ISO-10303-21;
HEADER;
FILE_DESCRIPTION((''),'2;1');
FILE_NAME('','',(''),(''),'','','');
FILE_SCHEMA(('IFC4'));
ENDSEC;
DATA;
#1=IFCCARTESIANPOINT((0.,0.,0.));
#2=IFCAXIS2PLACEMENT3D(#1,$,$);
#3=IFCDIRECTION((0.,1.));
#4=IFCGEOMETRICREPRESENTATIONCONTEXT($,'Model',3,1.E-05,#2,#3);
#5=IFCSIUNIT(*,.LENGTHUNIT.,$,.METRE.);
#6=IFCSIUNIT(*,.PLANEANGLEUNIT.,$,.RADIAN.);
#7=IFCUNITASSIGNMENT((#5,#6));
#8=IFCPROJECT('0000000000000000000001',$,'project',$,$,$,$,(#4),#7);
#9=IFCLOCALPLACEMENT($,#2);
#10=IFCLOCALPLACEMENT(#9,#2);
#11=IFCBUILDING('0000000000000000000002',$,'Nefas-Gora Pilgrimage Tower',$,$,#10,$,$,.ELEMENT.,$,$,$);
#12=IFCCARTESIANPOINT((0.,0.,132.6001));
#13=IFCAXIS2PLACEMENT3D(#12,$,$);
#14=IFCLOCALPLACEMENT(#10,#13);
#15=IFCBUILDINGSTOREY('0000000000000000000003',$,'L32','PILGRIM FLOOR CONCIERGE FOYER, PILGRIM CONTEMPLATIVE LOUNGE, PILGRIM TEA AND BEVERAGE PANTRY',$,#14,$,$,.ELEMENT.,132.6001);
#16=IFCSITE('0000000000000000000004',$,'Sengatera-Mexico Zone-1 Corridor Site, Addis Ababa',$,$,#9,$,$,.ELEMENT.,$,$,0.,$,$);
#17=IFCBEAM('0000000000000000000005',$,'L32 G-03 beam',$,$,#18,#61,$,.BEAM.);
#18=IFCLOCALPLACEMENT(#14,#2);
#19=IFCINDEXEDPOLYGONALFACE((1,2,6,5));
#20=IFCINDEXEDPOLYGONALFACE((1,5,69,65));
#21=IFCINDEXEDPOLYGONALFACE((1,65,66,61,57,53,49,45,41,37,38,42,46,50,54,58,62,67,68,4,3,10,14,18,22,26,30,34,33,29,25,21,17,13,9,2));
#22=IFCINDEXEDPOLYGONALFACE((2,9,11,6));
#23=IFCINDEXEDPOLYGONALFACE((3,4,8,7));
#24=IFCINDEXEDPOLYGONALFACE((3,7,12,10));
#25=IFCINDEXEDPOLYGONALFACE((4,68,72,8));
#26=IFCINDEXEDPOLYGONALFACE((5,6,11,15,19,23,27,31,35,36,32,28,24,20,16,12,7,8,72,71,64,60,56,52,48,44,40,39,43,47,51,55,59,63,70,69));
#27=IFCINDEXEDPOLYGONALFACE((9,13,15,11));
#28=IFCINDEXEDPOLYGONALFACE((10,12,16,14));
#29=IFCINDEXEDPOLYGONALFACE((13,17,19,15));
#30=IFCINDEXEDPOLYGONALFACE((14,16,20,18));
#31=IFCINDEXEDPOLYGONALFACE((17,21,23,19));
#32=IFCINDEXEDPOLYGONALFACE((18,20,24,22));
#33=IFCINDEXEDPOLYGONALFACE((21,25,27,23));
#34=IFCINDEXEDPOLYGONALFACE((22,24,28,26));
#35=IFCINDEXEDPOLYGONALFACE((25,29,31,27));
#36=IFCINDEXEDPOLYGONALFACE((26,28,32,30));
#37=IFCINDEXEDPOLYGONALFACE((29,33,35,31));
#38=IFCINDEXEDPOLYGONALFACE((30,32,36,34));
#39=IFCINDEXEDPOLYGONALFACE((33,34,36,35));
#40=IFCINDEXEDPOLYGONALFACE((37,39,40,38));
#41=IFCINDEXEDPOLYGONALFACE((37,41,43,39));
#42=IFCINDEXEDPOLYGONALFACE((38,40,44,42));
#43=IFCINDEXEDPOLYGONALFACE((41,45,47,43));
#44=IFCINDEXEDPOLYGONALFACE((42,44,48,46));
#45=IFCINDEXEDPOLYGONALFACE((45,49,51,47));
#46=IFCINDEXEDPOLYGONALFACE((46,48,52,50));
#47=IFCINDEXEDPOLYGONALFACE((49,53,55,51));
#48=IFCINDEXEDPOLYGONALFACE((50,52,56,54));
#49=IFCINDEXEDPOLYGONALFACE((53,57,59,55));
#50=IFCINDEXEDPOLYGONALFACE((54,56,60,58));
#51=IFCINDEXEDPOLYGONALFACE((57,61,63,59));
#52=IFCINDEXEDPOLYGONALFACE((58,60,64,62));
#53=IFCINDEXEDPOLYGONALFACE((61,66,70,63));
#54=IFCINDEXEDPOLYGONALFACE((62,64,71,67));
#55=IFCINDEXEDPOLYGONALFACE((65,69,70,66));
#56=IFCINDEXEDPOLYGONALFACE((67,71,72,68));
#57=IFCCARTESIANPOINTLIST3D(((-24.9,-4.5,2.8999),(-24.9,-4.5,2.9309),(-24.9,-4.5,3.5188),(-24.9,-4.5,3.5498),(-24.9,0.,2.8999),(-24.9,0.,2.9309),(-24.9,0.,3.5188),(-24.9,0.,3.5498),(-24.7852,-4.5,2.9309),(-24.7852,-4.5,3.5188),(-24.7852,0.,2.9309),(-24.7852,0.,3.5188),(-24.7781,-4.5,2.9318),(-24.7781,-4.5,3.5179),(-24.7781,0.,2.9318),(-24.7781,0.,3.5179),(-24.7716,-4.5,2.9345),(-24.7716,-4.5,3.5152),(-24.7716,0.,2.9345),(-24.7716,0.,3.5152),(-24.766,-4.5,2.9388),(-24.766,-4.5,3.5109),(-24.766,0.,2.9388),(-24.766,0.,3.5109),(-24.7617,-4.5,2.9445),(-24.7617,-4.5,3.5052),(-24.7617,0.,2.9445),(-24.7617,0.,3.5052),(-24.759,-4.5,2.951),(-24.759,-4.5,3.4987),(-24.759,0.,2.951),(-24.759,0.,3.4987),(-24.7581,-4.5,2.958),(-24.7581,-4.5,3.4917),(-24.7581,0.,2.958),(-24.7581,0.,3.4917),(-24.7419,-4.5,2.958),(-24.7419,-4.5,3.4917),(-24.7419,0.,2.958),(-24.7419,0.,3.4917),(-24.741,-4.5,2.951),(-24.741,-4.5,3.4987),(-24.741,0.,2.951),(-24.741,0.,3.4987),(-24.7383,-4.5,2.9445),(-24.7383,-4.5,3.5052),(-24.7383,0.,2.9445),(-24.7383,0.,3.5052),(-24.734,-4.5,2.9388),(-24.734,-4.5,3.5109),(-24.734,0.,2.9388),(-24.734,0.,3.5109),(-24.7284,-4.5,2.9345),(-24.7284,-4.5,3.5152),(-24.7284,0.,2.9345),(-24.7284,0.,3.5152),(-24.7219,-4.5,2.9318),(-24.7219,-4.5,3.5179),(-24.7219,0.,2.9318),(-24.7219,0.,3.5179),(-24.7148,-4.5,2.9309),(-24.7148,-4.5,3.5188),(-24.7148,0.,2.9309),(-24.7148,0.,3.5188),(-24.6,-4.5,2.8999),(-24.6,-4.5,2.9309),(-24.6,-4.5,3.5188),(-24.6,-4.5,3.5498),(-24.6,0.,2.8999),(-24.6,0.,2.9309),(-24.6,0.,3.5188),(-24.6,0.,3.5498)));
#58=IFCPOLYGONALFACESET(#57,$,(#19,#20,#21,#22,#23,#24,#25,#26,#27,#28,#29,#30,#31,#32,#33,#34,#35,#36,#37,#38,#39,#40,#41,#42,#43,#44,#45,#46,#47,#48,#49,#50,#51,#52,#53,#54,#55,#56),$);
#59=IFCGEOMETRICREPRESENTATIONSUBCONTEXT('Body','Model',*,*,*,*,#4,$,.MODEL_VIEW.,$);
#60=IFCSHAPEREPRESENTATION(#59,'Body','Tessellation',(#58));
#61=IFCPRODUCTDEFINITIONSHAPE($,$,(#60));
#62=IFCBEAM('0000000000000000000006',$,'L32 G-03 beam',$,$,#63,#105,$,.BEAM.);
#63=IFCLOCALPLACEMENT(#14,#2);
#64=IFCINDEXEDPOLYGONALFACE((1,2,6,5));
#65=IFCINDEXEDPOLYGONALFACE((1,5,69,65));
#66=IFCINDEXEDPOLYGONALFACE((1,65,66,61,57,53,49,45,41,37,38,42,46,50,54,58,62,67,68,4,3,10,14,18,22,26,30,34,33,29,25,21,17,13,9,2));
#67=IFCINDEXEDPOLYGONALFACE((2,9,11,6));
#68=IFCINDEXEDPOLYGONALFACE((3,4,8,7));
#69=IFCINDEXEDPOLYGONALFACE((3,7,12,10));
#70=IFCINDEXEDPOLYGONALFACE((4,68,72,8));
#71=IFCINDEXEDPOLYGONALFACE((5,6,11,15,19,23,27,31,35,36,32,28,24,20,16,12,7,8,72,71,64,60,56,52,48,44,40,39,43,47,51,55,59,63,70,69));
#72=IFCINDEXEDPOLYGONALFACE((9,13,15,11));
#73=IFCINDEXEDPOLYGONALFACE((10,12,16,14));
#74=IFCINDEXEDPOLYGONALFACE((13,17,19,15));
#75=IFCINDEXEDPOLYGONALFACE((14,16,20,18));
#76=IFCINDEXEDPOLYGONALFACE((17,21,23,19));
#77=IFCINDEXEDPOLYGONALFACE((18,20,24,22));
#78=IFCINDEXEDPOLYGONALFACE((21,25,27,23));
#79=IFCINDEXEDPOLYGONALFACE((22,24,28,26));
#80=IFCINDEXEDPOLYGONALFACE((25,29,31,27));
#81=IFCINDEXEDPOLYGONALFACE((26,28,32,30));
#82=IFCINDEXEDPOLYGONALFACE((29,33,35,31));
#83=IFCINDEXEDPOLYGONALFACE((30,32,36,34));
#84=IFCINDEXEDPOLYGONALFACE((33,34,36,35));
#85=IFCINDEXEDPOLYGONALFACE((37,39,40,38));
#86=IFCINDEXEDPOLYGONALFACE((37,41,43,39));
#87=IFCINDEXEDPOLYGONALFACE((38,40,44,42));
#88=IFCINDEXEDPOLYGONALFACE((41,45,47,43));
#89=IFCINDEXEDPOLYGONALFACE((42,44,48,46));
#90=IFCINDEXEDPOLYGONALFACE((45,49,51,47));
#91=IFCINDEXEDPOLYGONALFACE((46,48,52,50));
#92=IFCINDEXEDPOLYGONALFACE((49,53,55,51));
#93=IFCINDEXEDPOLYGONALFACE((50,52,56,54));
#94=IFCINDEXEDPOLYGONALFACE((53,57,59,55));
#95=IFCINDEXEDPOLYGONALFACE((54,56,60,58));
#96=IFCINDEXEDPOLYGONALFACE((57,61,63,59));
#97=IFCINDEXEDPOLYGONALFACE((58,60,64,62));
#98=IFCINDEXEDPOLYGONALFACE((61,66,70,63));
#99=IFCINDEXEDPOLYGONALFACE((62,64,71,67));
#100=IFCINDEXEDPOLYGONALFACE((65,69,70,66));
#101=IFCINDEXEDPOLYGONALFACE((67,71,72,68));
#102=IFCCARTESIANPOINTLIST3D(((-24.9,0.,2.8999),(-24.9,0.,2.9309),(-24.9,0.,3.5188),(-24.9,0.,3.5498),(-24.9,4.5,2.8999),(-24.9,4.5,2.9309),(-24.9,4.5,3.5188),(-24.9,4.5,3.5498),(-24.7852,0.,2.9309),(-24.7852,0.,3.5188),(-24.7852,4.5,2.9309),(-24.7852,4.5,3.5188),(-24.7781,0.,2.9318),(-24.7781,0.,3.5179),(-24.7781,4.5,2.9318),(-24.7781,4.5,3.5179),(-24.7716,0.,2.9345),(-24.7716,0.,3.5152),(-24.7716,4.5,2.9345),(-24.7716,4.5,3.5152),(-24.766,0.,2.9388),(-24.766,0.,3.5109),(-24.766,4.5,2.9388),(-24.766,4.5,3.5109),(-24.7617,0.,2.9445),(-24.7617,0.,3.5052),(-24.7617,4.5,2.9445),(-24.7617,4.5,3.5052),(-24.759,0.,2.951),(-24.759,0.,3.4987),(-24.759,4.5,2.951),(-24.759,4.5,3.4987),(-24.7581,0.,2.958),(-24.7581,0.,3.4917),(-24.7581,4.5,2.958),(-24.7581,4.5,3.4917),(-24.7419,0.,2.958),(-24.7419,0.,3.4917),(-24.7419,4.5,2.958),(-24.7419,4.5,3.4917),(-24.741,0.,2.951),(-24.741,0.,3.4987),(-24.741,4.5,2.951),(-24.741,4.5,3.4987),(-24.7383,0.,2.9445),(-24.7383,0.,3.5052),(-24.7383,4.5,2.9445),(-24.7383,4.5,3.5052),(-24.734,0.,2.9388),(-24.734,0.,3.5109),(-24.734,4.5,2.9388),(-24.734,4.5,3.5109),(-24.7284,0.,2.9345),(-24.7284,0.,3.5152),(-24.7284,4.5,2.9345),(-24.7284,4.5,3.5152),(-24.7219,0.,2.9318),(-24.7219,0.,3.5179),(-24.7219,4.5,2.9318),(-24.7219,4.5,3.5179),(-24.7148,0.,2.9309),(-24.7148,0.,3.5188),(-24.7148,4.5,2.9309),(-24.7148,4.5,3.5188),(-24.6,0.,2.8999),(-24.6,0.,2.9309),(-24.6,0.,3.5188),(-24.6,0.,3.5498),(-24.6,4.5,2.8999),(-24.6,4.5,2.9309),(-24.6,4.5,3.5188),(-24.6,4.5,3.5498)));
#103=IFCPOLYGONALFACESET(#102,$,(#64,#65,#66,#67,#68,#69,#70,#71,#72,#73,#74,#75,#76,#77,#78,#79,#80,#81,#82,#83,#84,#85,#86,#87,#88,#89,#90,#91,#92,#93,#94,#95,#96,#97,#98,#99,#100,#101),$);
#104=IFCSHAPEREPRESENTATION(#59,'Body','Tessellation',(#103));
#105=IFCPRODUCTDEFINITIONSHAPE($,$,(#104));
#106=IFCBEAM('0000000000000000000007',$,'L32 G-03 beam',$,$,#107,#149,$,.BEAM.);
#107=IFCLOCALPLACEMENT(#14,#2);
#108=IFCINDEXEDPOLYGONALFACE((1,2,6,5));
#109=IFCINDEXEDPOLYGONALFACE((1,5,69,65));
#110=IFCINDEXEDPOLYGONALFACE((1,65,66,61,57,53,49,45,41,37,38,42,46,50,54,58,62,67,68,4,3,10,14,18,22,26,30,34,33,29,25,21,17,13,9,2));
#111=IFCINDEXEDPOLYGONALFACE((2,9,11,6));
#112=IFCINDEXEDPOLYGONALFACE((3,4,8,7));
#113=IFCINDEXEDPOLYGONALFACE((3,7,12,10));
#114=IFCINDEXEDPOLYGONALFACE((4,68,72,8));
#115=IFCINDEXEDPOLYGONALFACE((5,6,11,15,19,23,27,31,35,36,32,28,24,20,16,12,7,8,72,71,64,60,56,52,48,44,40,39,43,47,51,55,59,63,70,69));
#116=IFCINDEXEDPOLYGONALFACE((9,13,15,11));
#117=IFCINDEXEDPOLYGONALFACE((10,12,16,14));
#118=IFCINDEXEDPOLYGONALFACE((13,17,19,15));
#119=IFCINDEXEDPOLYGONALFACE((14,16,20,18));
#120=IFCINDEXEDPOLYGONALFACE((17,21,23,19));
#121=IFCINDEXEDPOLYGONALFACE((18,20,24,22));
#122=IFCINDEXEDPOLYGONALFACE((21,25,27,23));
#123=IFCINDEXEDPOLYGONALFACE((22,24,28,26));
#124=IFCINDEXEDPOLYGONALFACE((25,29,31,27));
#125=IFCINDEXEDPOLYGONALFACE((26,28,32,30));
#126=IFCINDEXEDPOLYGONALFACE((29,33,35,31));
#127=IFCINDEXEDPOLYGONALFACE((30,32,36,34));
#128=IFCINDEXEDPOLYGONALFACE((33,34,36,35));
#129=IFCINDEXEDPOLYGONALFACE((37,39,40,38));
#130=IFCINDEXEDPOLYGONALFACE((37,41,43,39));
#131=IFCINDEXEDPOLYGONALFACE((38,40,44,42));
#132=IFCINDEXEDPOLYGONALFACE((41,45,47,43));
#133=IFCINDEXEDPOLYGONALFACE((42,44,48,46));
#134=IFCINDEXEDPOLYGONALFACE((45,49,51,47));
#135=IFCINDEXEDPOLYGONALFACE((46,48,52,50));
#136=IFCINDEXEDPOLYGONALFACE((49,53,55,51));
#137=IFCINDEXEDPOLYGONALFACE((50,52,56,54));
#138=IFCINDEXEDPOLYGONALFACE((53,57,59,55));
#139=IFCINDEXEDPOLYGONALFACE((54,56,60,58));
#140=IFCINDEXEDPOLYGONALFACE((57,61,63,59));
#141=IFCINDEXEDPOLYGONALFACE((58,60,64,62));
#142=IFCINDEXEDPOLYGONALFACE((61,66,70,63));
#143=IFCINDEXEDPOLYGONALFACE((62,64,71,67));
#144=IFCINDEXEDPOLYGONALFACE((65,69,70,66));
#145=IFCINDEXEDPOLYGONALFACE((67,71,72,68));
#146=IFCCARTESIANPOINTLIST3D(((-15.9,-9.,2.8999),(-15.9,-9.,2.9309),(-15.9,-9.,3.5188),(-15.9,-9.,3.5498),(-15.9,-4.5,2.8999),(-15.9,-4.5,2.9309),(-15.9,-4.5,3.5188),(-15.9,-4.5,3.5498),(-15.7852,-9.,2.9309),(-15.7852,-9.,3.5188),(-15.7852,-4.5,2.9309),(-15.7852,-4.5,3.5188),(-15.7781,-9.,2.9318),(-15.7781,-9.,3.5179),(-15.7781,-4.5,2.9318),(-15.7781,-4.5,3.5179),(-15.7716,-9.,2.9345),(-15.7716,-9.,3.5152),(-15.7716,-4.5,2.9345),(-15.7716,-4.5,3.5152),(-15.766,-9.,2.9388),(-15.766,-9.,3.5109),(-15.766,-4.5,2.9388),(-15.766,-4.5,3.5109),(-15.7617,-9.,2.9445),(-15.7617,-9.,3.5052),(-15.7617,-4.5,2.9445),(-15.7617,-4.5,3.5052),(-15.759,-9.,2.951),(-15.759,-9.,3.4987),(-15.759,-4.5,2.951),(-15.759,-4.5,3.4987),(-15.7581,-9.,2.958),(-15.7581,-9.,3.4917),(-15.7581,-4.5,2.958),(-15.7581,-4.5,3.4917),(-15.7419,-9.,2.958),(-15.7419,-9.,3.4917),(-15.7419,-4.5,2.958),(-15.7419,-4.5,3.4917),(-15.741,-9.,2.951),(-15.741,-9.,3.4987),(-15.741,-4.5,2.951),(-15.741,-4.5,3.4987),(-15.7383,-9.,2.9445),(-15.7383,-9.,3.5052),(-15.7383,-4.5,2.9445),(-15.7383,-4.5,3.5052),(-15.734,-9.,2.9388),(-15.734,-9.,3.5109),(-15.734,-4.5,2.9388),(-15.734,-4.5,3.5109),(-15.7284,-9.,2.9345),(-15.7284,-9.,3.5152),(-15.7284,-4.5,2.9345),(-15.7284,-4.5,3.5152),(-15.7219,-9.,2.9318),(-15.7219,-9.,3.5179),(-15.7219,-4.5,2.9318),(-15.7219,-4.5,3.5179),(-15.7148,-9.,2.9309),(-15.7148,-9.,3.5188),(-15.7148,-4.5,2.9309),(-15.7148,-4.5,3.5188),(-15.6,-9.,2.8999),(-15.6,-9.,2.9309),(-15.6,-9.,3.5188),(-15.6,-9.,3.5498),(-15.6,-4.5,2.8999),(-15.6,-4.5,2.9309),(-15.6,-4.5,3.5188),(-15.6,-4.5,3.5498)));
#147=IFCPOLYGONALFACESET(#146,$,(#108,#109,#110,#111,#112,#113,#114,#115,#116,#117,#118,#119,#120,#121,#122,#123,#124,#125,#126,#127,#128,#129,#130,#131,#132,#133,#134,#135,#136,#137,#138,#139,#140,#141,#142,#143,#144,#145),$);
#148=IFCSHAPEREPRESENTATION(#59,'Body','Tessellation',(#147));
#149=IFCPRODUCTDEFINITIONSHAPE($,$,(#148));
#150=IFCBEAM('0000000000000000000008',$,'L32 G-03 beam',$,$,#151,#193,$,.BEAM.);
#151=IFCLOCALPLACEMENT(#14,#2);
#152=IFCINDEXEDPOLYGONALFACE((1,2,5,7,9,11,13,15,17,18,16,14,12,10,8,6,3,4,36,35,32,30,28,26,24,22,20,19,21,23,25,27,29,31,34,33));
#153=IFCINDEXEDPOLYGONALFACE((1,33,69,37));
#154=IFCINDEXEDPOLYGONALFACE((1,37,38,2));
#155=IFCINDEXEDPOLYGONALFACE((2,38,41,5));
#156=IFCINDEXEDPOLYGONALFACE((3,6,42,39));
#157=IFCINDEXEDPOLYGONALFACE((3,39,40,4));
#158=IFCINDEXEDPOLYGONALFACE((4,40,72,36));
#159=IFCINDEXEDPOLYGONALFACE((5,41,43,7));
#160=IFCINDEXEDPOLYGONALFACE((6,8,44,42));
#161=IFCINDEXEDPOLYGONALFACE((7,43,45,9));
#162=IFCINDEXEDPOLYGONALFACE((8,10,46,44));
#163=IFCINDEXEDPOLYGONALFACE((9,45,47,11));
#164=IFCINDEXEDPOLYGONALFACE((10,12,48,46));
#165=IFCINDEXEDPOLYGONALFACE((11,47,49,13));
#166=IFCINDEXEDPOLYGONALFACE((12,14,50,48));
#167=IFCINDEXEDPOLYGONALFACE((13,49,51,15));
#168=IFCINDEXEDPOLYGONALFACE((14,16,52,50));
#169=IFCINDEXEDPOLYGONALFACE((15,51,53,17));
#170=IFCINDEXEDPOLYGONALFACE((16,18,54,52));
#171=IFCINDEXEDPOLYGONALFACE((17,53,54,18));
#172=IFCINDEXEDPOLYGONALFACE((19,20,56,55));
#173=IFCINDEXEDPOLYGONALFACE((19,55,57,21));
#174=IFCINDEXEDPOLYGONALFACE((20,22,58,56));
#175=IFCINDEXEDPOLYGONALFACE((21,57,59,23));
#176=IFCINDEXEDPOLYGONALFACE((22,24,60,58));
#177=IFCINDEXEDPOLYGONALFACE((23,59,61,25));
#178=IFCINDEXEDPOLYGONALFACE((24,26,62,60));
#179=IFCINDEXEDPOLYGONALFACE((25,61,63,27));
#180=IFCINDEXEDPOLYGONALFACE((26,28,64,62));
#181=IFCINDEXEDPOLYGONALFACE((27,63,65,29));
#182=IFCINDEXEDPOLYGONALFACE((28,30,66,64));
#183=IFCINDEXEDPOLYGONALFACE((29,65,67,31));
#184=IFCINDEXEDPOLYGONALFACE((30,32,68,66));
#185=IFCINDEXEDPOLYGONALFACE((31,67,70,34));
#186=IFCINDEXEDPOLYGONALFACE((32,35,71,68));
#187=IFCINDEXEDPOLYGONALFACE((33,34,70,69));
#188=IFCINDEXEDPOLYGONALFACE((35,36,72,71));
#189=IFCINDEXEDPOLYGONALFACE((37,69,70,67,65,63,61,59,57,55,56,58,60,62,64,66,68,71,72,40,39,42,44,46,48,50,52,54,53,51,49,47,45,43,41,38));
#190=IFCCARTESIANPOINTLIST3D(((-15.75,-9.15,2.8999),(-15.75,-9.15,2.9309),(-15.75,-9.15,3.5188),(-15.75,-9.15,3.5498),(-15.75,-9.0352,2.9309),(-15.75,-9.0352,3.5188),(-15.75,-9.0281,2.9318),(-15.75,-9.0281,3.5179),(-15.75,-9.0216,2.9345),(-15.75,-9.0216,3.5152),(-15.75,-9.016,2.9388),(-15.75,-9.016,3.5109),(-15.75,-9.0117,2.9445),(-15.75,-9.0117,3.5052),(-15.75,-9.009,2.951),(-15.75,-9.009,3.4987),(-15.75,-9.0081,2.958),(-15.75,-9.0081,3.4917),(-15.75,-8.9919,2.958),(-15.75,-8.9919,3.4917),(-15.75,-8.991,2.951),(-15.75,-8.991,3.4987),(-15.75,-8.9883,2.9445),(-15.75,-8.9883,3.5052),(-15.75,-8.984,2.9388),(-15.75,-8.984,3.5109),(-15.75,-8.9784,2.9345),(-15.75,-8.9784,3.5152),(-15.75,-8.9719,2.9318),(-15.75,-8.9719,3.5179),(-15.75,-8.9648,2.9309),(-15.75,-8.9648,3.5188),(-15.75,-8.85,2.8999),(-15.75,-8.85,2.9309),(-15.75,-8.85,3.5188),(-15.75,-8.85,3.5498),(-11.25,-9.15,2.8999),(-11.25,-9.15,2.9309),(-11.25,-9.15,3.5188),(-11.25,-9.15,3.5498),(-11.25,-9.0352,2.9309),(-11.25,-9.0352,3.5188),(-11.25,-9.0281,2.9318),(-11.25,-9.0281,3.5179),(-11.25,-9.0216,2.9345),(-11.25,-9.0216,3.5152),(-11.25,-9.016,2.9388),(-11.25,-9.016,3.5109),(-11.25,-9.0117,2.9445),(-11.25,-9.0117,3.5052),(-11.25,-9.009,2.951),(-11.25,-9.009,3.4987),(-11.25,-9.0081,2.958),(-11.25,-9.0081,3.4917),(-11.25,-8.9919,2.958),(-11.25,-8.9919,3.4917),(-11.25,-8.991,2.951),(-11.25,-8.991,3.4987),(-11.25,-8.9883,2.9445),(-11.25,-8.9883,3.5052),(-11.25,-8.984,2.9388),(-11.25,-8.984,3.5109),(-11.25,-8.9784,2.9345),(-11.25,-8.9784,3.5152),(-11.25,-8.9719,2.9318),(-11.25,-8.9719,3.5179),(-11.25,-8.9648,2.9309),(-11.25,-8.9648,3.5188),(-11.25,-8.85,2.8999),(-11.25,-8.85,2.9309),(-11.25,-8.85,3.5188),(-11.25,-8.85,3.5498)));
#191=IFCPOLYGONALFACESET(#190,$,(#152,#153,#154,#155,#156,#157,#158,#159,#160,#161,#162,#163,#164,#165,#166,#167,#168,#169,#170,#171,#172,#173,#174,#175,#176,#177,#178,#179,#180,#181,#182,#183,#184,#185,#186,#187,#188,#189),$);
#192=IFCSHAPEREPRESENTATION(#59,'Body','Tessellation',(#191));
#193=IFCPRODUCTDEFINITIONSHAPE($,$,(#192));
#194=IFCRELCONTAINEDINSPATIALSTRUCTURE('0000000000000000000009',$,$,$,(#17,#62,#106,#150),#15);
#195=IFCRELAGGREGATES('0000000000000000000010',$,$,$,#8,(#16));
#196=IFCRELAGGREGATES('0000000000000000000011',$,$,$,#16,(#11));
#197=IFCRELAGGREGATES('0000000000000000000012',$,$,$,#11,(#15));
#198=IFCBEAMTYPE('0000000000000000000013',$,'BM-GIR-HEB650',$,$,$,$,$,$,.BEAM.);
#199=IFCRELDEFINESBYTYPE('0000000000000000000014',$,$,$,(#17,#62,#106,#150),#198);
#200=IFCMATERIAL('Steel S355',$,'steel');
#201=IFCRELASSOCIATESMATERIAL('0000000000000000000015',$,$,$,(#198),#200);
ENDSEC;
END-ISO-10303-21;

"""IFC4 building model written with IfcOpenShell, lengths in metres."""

from ifc_helpers import new_model, si_unit, direction, frame, origin, origin_2d, place, context, subcontext, project, spatial, i_section, extrude, source, transform, mapped, material, material_profile, profile_set, type_object, element, save


model = new_model("IFC4")

# Units and contexts
model_context = context("Model", 3, precision=1e-05, world=origin(), true_north=direction((0.0, 1.0)))
body_context = subcontext(model_context, "Body", "Model", "MODEL_VIEW")
ifc_project = project(units=[si_unit("LENGTHUNIT", "METRE"), si_unit("PLANEANGLEUNIT", "RADIAN")], contexts=[model_context])

# Site, building, storey
site_placement = place(None, origin())
site = spatial("IfcSite", under=ifc_project, at=site_placement, Name="Sengatera-Mexico Zone-1 Corridor Site, Addis Ababa", CompositionType="ELEMENT", RefElevation=0.0)
building_placement = place(site_placement, origin())
building = spatial("IfcBuilding", under=site, at=building_placement, Name="Nefas-Gora Pilgrimage Tower", CompositionType="ELEMENT")
storey_placement = place(building_placement, frame((0.0, 0.0, 132.6001)))
storey = spatial("IfcBuildingStorey", under=building, at=storey_placement, Name="L32", Description="PILGRIM FLOOR CONCIERGE FOYER, PILGRIM CONTEMPLATIVE LOUNGE, PILGRIM TEA AND BEVERAGE PANTRY", CompositionType="ELEMENT", Elevation=132.6001)

# Beams
ifc_material_1 = material(Name="Steel S355", Category="steel")
ifc_material_profile_1 = material_profile(ifc_material_1, i_section(OverallWidth=0.3, OverallDepth=0.6499, WebThickness=0.0161, FlangeThickness=0.031, FilletRadius=0.0271, at=origin_2d()), Name="HEB 650")
ifc_profile_set_1 = profile_set([ifc_material_profile_1], Name="Steel S355")
beam_type_1 = type_object("IfcBeamType", Name="BM-GIR-HEB650", PredefinedType="BEAM", material=ifc_profile_set_1)
shared_shape_1 = source(origin(), body_context, "Body", "SweptSolid", [
    extrude(i_section(OverallWidth=0.3, OverallDepth=0.6499, WebThickness=0.0161, FlangeThickness=0.031, FilletRadius=0.0271, at=origin_2d()), origin(), (0.0, 0.0, 1.0), 4.5),
])
for number, where, z_axis, x_axis, name in (
    (1, (-24.75, -4.5, 3.2249), (0.0, 1.0, 0.0), (-1.0, 0.0, 0.0), "L32 G-03 beam"),
    (2, (-24.75, 0.0, 3.2249), (0.0, 1.0, 0.0), (-1.0, 0.0, 0.0), "L32 G-03 beam"),
    (3, (-15.75, -9.0, 3.2249), (0.0, 1.0, 0.0), (-1.0, 0.0, 0.0), "L32 G-03 beam"),
    (4, (-15.75, -9.0, 3.2249), (1.0, 0.0, 0.0), (0.0, 1.0, 0.0), "L32 G-03 beam"),
):
    element("IfcBeam", number, at=place(storey_placement, frame(where, z_axis=z_axis, x_axis=x_axis)), inside=storey, type_object=beam_type_1, Name=name, PredefinedType="BEAM", context=body_context, shape_type="MappedRepresentation", body=[
        mapped(shared_shape_1, transform((0.0, 0.0, 0.0), x_axis=(1.0, 0.0, 0.0), y_axis=(0.0, 1.0, 0.0), z_axis=(0.0, 0.0, 1.0), scale=1.0)),
    ])

save(model, "model.ifc")
